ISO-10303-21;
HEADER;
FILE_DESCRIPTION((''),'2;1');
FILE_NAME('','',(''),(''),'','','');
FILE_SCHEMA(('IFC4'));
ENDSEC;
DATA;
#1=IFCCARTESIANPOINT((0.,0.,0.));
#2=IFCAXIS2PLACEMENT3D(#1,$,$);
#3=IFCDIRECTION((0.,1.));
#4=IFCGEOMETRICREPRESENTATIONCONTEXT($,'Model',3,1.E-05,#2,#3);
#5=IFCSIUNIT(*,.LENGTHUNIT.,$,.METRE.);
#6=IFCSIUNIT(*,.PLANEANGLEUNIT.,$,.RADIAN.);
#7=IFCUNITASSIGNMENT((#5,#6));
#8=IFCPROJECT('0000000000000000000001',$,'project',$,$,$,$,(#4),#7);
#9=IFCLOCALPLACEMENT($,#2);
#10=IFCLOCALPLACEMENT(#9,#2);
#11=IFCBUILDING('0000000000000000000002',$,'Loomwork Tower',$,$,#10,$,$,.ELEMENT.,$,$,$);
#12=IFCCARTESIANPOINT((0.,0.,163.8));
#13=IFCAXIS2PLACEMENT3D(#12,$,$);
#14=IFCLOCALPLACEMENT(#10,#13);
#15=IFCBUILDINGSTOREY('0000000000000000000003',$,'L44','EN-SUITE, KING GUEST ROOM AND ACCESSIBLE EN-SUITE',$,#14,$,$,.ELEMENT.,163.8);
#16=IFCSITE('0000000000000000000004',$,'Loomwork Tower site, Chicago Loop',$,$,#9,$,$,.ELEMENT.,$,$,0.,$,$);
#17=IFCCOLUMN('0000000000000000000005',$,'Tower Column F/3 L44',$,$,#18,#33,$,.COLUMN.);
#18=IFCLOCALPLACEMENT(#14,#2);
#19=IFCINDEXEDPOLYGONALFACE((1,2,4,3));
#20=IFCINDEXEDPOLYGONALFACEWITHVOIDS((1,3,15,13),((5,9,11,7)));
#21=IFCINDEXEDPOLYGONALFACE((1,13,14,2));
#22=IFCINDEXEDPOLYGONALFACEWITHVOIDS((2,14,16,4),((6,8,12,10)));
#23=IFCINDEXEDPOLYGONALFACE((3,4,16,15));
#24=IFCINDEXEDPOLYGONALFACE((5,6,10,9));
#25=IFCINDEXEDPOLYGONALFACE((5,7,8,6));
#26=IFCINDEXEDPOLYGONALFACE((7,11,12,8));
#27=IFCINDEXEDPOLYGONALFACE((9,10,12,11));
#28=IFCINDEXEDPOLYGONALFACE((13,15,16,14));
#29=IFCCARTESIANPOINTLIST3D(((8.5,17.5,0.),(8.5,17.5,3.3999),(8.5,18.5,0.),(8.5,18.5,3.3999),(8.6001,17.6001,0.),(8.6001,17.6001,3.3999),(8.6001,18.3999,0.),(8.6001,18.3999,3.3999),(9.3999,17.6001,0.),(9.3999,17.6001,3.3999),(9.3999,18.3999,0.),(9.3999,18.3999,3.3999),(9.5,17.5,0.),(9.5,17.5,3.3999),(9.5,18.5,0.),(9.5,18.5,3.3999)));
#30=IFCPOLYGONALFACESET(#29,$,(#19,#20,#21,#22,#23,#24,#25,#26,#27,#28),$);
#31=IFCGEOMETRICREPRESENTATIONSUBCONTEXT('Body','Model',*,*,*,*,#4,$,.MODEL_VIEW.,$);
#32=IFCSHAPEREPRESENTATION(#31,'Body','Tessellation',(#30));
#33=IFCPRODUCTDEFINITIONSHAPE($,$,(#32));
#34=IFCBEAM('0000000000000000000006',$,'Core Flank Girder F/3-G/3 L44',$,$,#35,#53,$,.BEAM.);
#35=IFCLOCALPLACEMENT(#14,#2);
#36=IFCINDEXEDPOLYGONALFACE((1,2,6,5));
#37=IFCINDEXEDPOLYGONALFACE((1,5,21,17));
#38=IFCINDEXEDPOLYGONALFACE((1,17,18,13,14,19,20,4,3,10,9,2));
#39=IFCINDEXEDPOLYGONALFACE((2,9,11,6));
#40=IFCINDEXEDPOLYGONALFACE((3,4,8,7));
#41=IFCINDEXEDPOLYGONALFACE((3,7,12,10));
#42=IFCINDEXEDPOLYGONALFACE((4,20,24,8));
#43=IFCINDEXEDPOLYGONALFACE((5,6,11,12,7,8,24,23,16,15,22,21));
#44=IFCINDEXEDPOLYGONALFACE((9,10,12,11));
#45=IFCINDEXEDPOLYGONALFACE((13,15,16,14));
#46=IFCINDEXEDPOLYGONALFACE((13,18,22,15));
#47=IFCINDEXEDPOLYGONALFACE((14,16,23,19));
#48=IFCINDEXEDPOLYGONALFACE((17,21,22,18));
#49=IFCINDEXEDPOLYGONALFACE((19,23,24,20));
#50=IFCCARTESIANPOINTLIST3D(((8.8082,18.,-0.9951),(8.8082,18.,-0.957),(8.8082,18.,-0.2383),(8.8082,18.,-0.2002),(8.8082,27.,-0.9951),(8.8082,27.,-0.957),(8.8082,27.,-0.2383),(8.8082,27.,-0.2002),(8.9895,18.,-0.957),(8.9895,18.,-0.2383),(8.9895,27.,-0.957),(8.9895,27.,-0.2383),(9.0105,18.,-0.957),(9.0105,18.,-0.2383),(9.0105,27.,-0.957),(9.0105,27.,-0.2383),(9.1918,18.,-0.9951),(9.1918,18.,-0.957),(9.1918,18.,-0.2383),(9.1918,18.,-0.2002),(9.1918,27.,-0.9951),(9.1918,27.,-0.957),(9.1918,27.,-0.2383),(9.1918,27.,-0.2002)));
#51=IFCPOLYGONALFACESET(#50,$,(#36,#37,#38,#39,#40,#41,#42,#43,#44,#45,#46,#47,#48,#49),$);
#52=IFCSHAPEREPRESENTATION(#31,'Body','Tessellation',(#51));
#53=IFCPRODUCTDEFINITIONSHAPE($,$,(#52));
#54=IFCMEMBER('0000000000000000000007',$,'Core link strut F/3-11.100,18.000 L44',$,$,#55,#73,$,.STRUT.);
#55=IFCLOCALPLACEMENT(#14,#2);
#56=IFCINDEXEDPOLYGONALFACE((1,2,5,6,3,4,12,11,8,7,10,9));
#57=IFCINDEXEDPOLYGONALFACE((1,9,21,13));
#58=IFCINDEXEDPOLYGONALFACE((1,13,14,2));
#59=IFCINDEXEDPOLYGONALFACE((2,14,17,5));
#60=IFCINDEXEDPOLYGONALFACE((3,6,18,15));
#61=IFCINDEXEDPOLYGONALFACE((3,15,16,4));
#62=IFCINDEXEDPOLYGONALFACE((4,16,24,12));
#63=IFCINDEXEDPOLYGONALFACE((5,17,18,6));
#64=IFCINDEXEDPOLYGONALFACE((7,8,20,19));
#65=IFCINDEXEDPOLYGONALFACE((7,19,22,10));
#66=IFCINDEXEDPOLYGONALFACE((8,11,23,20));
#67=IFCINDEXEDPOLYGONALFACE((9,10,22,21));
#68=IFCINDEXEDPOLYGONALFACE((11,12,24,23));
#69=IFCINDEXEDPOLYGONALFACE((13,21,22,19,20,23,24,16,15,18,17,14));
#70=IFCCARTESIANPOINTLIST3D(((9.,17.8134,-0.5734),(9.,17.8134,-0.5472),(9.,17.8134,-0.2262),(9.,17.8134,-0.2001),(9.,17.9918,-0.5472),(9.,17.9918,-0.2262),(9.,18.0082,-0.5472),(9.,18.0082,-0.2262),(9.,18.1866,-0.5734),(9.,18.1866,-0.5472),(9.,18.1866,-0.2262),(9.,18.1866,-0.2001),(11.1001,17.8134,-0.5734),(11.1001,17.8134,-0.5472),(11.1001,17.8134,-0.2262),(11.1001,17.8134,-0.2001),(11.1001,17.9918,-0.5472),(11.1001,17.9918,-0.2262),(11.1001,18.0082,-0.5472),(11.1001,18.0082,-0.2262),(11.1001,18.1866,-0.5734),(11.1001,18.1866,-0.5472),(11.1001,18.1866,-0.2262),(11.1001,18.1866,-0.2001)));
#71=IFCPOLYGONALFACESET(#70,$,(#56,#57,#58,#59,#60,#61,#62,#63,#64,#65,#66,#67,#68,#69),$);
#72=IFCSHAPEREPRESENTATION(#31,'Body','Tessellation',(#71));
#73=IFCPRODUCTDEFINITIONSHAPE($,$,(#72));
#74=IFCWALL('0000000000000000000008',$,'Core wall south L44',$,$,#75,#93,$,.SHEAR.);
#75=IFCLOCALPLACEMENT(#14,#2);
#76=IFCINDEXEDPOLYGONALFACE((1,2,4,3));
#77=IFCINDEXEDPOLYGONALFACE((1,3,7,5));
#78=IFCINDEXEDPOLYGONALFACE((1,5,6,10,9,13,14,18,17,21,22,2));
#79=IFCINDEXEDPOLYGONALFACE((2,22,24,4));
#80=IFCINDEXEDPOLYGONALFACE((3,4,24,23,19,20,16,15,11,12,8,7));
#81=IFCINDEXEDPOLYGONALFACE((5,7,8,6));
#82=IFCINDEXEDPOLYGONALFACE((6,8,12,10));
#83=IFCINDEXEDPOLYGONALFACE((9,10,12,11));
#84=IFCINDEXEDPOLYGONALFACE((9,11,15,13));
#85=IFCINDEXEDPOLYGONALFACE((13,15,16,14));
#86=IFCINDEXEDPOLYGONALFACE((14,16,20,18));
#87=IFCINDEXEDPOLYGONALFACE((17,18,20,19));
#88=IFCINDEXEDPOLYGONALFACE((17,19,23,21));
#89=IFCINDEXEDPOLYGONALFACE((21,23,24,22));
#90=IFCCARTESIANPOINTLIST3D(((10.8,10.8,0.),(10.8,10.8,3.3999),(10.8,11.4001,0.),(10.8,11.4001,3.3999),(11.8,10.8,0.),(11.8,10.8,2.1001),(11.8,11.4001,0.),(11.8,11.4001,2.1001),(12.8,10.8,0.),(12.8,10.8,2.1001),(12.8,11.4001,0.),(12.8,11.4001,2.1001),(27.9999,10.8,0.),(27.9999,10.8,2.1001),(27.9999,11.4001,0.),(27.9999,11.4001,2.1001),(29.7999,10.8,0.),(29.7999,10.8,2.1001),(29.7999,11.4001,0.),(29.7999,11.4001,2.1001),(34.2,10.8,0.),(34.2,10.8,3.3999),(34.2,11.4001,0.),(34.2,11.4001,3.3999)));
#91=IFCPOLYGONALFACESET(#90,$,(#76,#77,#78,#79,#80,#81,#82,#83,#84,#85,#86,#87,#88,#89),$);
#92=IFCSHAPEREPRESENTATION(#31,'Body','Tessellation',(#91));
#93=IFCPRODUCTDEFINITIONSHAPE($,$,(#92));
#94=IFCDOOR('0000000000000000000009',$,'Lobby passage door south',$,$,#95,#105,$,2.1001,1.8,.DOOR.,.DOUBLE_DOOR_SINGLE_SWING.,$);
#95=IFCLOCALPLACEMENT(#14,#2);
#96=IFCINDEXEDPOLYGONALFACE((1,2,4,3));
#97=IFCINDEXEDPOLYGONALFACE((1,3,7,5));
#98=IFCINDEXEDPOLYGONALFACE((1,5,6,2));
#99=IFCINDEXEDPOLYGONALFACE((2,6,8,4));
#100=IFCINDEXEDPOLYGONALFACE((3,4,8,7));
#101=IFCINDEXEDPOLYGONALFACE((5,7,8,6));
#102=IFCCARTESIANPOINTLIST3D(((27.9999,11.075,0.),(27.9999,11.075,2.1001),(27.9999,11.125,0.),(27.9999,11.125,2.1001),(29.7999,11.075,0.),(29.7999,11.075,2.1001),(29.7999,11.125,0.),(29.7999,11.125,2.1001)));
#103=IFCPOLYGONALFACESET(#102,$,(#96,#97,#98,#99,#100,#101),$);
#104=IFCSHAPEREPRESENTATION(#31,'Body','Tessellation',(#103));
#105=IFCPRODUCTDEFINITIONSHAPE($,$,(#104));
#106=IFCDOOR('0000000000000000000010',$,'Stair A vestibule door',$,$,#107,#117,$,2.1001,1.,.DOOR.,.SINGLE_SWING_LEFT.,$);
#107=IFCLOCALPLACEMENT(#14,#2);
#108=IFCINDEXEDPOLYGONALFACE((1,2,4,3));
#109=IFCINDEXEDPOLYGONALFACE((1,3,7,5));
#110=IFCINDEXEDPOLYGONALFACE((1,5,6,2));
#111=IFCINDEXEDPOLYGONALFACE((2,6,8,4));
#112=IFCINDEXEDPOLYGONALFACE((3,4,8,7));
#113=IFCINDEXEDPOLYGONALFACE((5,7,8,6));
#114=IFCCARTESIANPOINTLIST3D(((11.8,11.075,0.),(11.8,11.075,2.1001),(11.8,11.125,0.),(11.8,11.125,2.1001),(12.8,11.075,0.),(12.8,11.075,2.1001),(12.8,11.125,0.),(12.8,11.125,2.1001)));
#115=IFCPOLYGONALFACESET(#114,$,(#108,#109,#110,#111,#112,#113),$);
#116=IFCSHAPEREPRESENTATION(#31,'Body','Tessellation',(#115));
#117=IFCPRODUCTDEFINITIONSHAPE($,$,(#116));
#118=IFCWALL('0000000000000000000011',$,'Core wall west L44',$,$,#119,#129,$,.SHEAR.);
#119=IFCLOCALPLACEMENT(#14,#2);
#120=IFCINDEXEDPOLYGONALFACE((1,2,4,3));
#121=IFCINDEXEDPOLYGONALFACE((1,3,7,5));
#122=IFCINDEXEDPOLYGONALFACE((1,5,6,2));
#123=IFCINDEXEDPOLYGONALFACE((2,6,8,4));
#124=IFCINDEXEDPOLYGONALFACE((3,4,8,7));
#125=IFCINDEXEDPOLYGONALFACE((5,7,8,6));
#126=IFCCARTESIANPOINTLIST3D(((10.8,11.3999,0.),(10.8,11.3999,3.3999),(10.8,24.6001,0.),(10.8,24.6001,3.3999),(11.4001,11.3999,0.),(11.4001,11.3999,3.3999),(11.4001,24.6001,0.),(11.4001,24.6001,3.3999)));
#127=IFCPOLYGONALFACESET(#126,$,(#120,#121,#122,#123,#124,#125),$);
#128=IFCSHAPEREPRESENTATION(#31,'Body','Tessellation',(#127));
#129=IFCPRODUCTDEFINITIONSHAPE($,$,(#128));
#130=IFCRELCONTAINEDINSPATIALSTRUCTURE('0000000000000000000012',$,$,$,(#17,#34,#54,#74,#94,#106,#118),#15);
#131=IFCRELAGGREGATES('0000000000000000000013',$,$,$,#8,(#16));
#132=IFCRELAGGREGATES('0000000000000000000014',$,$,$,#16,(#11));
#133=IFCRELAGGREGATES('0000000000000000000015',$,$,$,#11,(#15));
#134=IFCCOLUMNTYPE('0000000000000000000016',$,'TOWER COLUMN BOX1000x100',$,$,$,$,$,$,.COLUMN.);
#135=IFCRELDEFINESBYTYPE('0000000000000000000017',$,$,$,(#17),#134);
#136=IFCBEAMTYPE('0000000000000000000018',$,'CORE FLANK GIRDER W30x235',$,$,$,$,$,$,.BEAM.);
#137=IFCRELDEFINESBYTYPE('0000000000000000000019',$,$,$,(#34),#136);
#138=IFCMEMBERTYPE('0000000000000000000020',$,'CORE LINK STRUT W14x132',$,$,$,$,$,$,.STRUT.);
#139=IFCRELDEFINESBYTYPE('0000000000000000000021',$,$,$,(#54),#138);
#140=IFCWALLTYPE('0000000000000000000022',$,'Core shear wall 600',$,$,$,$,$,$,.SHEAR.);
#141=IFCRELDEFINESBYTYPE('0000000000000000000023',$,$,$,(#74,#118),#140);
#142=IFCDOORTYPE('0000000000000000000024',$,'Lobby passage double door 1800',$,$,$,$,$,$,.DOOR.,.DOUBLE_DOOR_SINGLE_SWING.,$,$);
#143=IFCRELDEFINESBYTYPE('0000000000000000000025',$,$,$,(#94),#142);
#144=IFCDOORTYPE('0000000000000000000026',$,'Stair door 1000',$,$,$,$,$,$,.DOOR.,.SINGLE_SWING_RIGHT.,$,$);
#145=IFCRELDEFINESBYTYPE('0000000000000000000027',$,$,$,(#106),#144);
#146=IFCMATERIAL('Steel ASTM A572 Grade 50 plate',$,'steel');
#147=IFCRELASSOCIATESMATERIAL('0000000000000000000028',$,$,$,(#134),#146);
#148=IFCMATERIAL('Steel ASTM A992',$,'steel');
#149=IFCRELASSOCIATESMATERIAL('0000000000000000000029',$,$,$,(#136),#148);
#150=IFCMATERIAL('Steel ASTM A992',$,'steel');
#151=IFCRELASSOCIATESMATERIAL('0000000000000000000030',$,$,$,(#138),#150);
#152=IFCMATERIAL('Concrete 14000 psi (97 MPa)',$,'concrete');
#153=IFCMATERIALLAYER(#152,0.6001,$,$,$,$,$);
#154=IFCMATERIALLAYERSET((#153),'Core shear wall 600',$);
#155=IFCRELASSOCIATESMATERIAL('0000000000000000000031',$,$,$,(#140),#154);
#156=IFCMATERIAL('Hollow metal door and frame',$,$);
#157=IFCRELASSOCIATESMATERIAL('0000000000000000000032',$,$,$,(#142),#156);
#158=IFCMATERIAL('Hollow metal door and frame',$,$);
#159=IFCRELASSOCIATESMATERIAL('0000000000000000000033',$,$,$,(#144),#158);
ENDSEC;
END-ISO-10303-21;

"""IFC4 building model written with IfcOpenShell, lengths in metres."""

from ifc_helpers import new_model, si_unit, direction, frame, frame_2d, origin, origin_2d, place, context, subcontext, project, spatial, rectangle, hollow_rectangle, i_section, extrude, material, layer, layer_set, material_profile, profile_set, type_object, element, fill, save


model = new_model("IFC4")

# Units and contexts
model_context = context("Model", 3, precision=1e-05, world=origin(), true_north=direction((0.0, 1.0)))
body_context = subcontext(model_context, "Body", "Model", "MODEL_VIEW")
ifc_project = project(units=[si_unit("LENGTHUNIT", "METRE"), si_unit("PLANEANGLEUNIT", "RADIAN")], contexts=[model_context])

# Site, building, storey
site_placement = place(None, origin())
site = spatial("IfcSite", under=ifc_project, at=site_placement, Name="Loomwork Tower site, Chicago Loop", CompositionType="ELEMENT", RefElevation=0.0)
building_placement = place(site_placement, origin())
building = spatial("IfcBuilding", under=site, at=building_placement, Name="Loomwork Tower", CompositionType="ELEMENT")
storey_placement = place(building_placement, frame((0.0, 0.0, 163.8)))
storey = spatial("IfcBuildingStorey", under=building, at=storey_placement, Name="L44", Description="EN-SUITE, KING GUEST ROOM AND ACCESSIBLE EN-SUITE", CompositionType="ELEMENT", Elevation=163.8)

# Column
ifc_material_1 = material(Name="Steel ASTM A572 Grade 50 plate", Category="steel")
ifc_material_profile_1 = material_profile(ifc_material_1, hollow_rectangle(XDim=1.0, YDim=1.0, WallThickness=0.1001, at=origin_2d()), Name="BOX1000x100")
ifc_profile_set_1 = profile_set([ifc_material_profile_1], Name="Steel ASTM A572 Grade 50 plate")
column_type = type_object("IfcColumnType", Name="TOWER COLUMN BOX1000x100", PredefinedType="COLUMN", material=ifc_profile_set_1)
column_placement = place(storey_placement, frame((9.0, 18.0, 0.0), z_axis=(0.0, 0.0, 1.0), x_axis=(1.0, 0.0, 0.0)))
element("IfcColumn", 1, at=column_placement, inside=storey, type_object=column_type, Name="Tower Column F/3 L44", PredefinedType="COLUMN", context=body_context, shape_type="SweptSolid", body=[
    extrude(hollow_rectangle(XDim=1.0, YDim=1.0, WallThickness=0.1001, at=origin_2d()), origin(), (0.0, 0.0, 1.0), 3.3999),
])

# Beam
ifc_material_2 = material(Name="Steel ASTM A992", Category="steel")
ifc_material_profile_2 = material_profile(ifc_material_2, i_section(OverallWidth=0.3835, OverallDepth=0.7949, WebThickness=0.021, FlangeThickness=0.0381, at=origin_2d()), Name="W30x235")
ifc_profile_set_2 = profile_set([ifc_material_profile_2], Name="Steel ASTM A992")
beam_type = type_object("IfcBeamType", Name="CORE FLANK GIRDER W30x235", PredefinedType="BEAM", material=ifc_profile_set_2)
beam_placement = place(storey_placement, frame((9.0, 18.0, -0.5977), z_axis=(0.0, 1.0, 0.0), x_axis=(-1.0, 0.0, 0.0)))
element("IfcBeam", 2, at=beam_placement, inside=storey, type_object=beam_type, Name="Core Flank Girder F/3-G/3 L44", PredefinedType="BEAM", context=body_context, shape_type="SweptSolid", body=[
    extrude(i_section(OverallWidth=0.3835, OverallDepth=0.7949, WebThickness=0.021, FlangeThickness=0.0381, at=origin_2d()), origin(), (0.0, 0.0, 1.0), 9.0),
])

# Member
ifc_material_3 = material(Name="Steel ASTM A992", Category="steel")
ifc_material_profile_3 = material_profile(ifc_material_3, i_section(OverallWidth=0.3733, OverallDepth=0.3733, WebThickness=0.0164, FlangeThickness=0.0261, at=origin_2d()), Name="W14x132")
ifc_profile_set_3 = profile_set([ifc_material_profile_3], Name="Steel ASTM A992")
member_type = type_object("IfcMemberType", Name="CORE LINK STRUT W14x132", PredefinedType="STRUT", material=ifc_profile_set_3)
member_placement = place(storey_placement, frame((9.0, 18.0, -0.3867), z_axis=(1.0, 0.0, 0.0), x_axis=(0.0, 1.0, 0.0)))
element("IfcMember", 3, at=member_placement, inside=storey, type_object=member_type, Name="Core link strut F/3-11.100,18.000 L44", PredefinedType="STRUT", context=body_context, shape_type="SweptSolid", body=[
    extrude(i_section(OverallWidth=0.3733, OverallDepth=0.3733, WebThickness=0.0164, FlangeThickness=0.0261, at=origin_2d()), origin(), (0.0, 0.0, 1.0), 2.1001),
])

# Wall, openings, doors
ifc_material_4 = material(Name="Concrete 14000 psi (97 MPa)", Category="concrete")
ifc_layer_1 = layer(ifc_material_4, 0.6001)
ifc_layer_set_1 = layer_set([ifc_layer_1], Name="Core shear wall 600")
wall_type_1 = type_object("IfcWallType", Name="Core shear wall 600", PredefinedType="SHEAR", material=ifc_layer_set_1)
wall_1_placement = place(storey_placement, frame((10.8, 11.1001, 0.0), z_axis=(0.0, 0.0, 1.0), x_axis=(1.0, 0.0, 0.0)))
wall_1 = element("IfcWall", 4, at=wall_1_placement, inside=storey, type_object=wall_type_1, Name="Core wall south L44", PredefinedType="SHEAR", context=body_context, shape_type="SweptSolid", body=[
    extrude(rectangle(XDim=23.3999, YDim=0.6001, at=frame_2d((11.7, 0.0))), origin(), (0.0, 0.0, 1.0), 3.3999),
])
opening_1_placement = place(wall_1_placement, frame((1.0, 0.0, 0.0)))
opening_1 = element("IfcOpeningElement", 5, at=opening_1_placement, cuts=wall_1, PredefinedType="OPENING", context=body_context, shape_type="SweptSolid", body=[
    extrude(rectangle(XDim=1.0, YDim=2.1001, at=frame_2d((0.5, 1.05))), frame((0.0, 0.3101, 0.0), z_axis=(0.0, -1.0, 0.0), x_axis=(1.0, 0.0, 0.0)), (0.0, 0.0, 1.0), 0.6201),
])
opening_2_placement = place(wall_1_placement, frame((17.2, 0.0, 0.0)))
opening_2 = element("IfcOpeningElement", 6, at=opening_2_placement, cuts=wall_1, PredefinedType="OPENING", context=body_context, shape_type="SweptSolid", body=[
    extrude(rectangle(XDim=1.8, YDim=2.1001, at=frame_2d((0.8999, 1.05))), frame((0.0, 0.3101, 0.0), z_axis=(0.0, -1.0, 0.0), x_axis=(1.0, 0.0, 0.0)), (0.0, 0.0, 1.0), 0.6201),
])
ifc_material_5 = material(Name="Hollow metal door and frame")
door_type_1 = type_object("IfcDoorType", Name="Lobby passage double door 1800", OperationType="DOUBLE_DOOR_SINGLE_SWING", PredefinedType="DOOR", material=ifc_material_5)
door_1_placement = place(opening_2_placement, origin())
door_1 = element("IfcDoor", 7, at=door_1_placement, inside=storey, type_object=door_type_1, Name="Lobby passage door south", OperationType="DOUBLE_DOOR_SINGLE_SWING", OverallHeight=2.1001, OverallWidth=1.8, PredefinedType="DOOR", context=body_context, shape_type="SweptSolid", body=[
    extrude(rectangle(XDim=1.8, YDim=2.1001, at=frame_2d((0.8999, 1.05))), frame((0.0, 0.0249, 0.0), z_axis=(0.0, -1.0, 0.0), x_axis=(1.0, 0.0, 0.0)), (0.0, 0.0, 1.0), 0.05),
])
fill(opening_2, door_1)
ifc_material_6 = material(Name="Hollow metal door and frame")
door_type_2 = type_object("IfcDoorType", Name="Stair door 1000", OperationType="SINGLE_SWING_RIGHT", PredefinedType="DOOR", material=ifc_material_6)
door_2_placement = place(opening_1_placement, origin())
door_2 = element("IfcDoor", 8, at=door_2_placement, inside=storey, type_object=door_type_2, Name="Stair A vestibule door", OperationType="SINGLE_SWING_LEFT", OverallHeight=2.1001, OverallWidth=1.0, PredefinedType="DOOR", context=body_context, shape_type="SweptSolid", body=[
    extrude(rectangle(XDim=1.0, YDim=2.1001, at=frame_2d((0.5, 1.05))), frame((0.0, 0.0249, 0.0), z_axis=(0.0, -1.0, 0.0), x_axis=(1.0, 0.0, 0.0)), (0.0, 0.0, 1.0), 0.05),
])
fill(opening_1, door_2)

# Wall
wall_2_placement = place(storey_placement, frame((11.1001, 11.3999, 0.0), z_axis=(0.0, 0.0, 1.0), x_axis=(0.0, 1.0, 0.0)))
element("IfcWall", 9, at=wall_2_placement, inside=storey, type_object=wall_type_1, Name="Core wall west L44", PredefinedType="SHEAR", context=body_context, shape_type="SweptSolid", body=[
    extrude(rectangle(XDim=13.2002, YDim=0.6001, at=frame_2d((6.6001, 0.0))), origin(), (0.0, 0.0, 1.0), 3.3999),
])

save(model, "model.ifc")
